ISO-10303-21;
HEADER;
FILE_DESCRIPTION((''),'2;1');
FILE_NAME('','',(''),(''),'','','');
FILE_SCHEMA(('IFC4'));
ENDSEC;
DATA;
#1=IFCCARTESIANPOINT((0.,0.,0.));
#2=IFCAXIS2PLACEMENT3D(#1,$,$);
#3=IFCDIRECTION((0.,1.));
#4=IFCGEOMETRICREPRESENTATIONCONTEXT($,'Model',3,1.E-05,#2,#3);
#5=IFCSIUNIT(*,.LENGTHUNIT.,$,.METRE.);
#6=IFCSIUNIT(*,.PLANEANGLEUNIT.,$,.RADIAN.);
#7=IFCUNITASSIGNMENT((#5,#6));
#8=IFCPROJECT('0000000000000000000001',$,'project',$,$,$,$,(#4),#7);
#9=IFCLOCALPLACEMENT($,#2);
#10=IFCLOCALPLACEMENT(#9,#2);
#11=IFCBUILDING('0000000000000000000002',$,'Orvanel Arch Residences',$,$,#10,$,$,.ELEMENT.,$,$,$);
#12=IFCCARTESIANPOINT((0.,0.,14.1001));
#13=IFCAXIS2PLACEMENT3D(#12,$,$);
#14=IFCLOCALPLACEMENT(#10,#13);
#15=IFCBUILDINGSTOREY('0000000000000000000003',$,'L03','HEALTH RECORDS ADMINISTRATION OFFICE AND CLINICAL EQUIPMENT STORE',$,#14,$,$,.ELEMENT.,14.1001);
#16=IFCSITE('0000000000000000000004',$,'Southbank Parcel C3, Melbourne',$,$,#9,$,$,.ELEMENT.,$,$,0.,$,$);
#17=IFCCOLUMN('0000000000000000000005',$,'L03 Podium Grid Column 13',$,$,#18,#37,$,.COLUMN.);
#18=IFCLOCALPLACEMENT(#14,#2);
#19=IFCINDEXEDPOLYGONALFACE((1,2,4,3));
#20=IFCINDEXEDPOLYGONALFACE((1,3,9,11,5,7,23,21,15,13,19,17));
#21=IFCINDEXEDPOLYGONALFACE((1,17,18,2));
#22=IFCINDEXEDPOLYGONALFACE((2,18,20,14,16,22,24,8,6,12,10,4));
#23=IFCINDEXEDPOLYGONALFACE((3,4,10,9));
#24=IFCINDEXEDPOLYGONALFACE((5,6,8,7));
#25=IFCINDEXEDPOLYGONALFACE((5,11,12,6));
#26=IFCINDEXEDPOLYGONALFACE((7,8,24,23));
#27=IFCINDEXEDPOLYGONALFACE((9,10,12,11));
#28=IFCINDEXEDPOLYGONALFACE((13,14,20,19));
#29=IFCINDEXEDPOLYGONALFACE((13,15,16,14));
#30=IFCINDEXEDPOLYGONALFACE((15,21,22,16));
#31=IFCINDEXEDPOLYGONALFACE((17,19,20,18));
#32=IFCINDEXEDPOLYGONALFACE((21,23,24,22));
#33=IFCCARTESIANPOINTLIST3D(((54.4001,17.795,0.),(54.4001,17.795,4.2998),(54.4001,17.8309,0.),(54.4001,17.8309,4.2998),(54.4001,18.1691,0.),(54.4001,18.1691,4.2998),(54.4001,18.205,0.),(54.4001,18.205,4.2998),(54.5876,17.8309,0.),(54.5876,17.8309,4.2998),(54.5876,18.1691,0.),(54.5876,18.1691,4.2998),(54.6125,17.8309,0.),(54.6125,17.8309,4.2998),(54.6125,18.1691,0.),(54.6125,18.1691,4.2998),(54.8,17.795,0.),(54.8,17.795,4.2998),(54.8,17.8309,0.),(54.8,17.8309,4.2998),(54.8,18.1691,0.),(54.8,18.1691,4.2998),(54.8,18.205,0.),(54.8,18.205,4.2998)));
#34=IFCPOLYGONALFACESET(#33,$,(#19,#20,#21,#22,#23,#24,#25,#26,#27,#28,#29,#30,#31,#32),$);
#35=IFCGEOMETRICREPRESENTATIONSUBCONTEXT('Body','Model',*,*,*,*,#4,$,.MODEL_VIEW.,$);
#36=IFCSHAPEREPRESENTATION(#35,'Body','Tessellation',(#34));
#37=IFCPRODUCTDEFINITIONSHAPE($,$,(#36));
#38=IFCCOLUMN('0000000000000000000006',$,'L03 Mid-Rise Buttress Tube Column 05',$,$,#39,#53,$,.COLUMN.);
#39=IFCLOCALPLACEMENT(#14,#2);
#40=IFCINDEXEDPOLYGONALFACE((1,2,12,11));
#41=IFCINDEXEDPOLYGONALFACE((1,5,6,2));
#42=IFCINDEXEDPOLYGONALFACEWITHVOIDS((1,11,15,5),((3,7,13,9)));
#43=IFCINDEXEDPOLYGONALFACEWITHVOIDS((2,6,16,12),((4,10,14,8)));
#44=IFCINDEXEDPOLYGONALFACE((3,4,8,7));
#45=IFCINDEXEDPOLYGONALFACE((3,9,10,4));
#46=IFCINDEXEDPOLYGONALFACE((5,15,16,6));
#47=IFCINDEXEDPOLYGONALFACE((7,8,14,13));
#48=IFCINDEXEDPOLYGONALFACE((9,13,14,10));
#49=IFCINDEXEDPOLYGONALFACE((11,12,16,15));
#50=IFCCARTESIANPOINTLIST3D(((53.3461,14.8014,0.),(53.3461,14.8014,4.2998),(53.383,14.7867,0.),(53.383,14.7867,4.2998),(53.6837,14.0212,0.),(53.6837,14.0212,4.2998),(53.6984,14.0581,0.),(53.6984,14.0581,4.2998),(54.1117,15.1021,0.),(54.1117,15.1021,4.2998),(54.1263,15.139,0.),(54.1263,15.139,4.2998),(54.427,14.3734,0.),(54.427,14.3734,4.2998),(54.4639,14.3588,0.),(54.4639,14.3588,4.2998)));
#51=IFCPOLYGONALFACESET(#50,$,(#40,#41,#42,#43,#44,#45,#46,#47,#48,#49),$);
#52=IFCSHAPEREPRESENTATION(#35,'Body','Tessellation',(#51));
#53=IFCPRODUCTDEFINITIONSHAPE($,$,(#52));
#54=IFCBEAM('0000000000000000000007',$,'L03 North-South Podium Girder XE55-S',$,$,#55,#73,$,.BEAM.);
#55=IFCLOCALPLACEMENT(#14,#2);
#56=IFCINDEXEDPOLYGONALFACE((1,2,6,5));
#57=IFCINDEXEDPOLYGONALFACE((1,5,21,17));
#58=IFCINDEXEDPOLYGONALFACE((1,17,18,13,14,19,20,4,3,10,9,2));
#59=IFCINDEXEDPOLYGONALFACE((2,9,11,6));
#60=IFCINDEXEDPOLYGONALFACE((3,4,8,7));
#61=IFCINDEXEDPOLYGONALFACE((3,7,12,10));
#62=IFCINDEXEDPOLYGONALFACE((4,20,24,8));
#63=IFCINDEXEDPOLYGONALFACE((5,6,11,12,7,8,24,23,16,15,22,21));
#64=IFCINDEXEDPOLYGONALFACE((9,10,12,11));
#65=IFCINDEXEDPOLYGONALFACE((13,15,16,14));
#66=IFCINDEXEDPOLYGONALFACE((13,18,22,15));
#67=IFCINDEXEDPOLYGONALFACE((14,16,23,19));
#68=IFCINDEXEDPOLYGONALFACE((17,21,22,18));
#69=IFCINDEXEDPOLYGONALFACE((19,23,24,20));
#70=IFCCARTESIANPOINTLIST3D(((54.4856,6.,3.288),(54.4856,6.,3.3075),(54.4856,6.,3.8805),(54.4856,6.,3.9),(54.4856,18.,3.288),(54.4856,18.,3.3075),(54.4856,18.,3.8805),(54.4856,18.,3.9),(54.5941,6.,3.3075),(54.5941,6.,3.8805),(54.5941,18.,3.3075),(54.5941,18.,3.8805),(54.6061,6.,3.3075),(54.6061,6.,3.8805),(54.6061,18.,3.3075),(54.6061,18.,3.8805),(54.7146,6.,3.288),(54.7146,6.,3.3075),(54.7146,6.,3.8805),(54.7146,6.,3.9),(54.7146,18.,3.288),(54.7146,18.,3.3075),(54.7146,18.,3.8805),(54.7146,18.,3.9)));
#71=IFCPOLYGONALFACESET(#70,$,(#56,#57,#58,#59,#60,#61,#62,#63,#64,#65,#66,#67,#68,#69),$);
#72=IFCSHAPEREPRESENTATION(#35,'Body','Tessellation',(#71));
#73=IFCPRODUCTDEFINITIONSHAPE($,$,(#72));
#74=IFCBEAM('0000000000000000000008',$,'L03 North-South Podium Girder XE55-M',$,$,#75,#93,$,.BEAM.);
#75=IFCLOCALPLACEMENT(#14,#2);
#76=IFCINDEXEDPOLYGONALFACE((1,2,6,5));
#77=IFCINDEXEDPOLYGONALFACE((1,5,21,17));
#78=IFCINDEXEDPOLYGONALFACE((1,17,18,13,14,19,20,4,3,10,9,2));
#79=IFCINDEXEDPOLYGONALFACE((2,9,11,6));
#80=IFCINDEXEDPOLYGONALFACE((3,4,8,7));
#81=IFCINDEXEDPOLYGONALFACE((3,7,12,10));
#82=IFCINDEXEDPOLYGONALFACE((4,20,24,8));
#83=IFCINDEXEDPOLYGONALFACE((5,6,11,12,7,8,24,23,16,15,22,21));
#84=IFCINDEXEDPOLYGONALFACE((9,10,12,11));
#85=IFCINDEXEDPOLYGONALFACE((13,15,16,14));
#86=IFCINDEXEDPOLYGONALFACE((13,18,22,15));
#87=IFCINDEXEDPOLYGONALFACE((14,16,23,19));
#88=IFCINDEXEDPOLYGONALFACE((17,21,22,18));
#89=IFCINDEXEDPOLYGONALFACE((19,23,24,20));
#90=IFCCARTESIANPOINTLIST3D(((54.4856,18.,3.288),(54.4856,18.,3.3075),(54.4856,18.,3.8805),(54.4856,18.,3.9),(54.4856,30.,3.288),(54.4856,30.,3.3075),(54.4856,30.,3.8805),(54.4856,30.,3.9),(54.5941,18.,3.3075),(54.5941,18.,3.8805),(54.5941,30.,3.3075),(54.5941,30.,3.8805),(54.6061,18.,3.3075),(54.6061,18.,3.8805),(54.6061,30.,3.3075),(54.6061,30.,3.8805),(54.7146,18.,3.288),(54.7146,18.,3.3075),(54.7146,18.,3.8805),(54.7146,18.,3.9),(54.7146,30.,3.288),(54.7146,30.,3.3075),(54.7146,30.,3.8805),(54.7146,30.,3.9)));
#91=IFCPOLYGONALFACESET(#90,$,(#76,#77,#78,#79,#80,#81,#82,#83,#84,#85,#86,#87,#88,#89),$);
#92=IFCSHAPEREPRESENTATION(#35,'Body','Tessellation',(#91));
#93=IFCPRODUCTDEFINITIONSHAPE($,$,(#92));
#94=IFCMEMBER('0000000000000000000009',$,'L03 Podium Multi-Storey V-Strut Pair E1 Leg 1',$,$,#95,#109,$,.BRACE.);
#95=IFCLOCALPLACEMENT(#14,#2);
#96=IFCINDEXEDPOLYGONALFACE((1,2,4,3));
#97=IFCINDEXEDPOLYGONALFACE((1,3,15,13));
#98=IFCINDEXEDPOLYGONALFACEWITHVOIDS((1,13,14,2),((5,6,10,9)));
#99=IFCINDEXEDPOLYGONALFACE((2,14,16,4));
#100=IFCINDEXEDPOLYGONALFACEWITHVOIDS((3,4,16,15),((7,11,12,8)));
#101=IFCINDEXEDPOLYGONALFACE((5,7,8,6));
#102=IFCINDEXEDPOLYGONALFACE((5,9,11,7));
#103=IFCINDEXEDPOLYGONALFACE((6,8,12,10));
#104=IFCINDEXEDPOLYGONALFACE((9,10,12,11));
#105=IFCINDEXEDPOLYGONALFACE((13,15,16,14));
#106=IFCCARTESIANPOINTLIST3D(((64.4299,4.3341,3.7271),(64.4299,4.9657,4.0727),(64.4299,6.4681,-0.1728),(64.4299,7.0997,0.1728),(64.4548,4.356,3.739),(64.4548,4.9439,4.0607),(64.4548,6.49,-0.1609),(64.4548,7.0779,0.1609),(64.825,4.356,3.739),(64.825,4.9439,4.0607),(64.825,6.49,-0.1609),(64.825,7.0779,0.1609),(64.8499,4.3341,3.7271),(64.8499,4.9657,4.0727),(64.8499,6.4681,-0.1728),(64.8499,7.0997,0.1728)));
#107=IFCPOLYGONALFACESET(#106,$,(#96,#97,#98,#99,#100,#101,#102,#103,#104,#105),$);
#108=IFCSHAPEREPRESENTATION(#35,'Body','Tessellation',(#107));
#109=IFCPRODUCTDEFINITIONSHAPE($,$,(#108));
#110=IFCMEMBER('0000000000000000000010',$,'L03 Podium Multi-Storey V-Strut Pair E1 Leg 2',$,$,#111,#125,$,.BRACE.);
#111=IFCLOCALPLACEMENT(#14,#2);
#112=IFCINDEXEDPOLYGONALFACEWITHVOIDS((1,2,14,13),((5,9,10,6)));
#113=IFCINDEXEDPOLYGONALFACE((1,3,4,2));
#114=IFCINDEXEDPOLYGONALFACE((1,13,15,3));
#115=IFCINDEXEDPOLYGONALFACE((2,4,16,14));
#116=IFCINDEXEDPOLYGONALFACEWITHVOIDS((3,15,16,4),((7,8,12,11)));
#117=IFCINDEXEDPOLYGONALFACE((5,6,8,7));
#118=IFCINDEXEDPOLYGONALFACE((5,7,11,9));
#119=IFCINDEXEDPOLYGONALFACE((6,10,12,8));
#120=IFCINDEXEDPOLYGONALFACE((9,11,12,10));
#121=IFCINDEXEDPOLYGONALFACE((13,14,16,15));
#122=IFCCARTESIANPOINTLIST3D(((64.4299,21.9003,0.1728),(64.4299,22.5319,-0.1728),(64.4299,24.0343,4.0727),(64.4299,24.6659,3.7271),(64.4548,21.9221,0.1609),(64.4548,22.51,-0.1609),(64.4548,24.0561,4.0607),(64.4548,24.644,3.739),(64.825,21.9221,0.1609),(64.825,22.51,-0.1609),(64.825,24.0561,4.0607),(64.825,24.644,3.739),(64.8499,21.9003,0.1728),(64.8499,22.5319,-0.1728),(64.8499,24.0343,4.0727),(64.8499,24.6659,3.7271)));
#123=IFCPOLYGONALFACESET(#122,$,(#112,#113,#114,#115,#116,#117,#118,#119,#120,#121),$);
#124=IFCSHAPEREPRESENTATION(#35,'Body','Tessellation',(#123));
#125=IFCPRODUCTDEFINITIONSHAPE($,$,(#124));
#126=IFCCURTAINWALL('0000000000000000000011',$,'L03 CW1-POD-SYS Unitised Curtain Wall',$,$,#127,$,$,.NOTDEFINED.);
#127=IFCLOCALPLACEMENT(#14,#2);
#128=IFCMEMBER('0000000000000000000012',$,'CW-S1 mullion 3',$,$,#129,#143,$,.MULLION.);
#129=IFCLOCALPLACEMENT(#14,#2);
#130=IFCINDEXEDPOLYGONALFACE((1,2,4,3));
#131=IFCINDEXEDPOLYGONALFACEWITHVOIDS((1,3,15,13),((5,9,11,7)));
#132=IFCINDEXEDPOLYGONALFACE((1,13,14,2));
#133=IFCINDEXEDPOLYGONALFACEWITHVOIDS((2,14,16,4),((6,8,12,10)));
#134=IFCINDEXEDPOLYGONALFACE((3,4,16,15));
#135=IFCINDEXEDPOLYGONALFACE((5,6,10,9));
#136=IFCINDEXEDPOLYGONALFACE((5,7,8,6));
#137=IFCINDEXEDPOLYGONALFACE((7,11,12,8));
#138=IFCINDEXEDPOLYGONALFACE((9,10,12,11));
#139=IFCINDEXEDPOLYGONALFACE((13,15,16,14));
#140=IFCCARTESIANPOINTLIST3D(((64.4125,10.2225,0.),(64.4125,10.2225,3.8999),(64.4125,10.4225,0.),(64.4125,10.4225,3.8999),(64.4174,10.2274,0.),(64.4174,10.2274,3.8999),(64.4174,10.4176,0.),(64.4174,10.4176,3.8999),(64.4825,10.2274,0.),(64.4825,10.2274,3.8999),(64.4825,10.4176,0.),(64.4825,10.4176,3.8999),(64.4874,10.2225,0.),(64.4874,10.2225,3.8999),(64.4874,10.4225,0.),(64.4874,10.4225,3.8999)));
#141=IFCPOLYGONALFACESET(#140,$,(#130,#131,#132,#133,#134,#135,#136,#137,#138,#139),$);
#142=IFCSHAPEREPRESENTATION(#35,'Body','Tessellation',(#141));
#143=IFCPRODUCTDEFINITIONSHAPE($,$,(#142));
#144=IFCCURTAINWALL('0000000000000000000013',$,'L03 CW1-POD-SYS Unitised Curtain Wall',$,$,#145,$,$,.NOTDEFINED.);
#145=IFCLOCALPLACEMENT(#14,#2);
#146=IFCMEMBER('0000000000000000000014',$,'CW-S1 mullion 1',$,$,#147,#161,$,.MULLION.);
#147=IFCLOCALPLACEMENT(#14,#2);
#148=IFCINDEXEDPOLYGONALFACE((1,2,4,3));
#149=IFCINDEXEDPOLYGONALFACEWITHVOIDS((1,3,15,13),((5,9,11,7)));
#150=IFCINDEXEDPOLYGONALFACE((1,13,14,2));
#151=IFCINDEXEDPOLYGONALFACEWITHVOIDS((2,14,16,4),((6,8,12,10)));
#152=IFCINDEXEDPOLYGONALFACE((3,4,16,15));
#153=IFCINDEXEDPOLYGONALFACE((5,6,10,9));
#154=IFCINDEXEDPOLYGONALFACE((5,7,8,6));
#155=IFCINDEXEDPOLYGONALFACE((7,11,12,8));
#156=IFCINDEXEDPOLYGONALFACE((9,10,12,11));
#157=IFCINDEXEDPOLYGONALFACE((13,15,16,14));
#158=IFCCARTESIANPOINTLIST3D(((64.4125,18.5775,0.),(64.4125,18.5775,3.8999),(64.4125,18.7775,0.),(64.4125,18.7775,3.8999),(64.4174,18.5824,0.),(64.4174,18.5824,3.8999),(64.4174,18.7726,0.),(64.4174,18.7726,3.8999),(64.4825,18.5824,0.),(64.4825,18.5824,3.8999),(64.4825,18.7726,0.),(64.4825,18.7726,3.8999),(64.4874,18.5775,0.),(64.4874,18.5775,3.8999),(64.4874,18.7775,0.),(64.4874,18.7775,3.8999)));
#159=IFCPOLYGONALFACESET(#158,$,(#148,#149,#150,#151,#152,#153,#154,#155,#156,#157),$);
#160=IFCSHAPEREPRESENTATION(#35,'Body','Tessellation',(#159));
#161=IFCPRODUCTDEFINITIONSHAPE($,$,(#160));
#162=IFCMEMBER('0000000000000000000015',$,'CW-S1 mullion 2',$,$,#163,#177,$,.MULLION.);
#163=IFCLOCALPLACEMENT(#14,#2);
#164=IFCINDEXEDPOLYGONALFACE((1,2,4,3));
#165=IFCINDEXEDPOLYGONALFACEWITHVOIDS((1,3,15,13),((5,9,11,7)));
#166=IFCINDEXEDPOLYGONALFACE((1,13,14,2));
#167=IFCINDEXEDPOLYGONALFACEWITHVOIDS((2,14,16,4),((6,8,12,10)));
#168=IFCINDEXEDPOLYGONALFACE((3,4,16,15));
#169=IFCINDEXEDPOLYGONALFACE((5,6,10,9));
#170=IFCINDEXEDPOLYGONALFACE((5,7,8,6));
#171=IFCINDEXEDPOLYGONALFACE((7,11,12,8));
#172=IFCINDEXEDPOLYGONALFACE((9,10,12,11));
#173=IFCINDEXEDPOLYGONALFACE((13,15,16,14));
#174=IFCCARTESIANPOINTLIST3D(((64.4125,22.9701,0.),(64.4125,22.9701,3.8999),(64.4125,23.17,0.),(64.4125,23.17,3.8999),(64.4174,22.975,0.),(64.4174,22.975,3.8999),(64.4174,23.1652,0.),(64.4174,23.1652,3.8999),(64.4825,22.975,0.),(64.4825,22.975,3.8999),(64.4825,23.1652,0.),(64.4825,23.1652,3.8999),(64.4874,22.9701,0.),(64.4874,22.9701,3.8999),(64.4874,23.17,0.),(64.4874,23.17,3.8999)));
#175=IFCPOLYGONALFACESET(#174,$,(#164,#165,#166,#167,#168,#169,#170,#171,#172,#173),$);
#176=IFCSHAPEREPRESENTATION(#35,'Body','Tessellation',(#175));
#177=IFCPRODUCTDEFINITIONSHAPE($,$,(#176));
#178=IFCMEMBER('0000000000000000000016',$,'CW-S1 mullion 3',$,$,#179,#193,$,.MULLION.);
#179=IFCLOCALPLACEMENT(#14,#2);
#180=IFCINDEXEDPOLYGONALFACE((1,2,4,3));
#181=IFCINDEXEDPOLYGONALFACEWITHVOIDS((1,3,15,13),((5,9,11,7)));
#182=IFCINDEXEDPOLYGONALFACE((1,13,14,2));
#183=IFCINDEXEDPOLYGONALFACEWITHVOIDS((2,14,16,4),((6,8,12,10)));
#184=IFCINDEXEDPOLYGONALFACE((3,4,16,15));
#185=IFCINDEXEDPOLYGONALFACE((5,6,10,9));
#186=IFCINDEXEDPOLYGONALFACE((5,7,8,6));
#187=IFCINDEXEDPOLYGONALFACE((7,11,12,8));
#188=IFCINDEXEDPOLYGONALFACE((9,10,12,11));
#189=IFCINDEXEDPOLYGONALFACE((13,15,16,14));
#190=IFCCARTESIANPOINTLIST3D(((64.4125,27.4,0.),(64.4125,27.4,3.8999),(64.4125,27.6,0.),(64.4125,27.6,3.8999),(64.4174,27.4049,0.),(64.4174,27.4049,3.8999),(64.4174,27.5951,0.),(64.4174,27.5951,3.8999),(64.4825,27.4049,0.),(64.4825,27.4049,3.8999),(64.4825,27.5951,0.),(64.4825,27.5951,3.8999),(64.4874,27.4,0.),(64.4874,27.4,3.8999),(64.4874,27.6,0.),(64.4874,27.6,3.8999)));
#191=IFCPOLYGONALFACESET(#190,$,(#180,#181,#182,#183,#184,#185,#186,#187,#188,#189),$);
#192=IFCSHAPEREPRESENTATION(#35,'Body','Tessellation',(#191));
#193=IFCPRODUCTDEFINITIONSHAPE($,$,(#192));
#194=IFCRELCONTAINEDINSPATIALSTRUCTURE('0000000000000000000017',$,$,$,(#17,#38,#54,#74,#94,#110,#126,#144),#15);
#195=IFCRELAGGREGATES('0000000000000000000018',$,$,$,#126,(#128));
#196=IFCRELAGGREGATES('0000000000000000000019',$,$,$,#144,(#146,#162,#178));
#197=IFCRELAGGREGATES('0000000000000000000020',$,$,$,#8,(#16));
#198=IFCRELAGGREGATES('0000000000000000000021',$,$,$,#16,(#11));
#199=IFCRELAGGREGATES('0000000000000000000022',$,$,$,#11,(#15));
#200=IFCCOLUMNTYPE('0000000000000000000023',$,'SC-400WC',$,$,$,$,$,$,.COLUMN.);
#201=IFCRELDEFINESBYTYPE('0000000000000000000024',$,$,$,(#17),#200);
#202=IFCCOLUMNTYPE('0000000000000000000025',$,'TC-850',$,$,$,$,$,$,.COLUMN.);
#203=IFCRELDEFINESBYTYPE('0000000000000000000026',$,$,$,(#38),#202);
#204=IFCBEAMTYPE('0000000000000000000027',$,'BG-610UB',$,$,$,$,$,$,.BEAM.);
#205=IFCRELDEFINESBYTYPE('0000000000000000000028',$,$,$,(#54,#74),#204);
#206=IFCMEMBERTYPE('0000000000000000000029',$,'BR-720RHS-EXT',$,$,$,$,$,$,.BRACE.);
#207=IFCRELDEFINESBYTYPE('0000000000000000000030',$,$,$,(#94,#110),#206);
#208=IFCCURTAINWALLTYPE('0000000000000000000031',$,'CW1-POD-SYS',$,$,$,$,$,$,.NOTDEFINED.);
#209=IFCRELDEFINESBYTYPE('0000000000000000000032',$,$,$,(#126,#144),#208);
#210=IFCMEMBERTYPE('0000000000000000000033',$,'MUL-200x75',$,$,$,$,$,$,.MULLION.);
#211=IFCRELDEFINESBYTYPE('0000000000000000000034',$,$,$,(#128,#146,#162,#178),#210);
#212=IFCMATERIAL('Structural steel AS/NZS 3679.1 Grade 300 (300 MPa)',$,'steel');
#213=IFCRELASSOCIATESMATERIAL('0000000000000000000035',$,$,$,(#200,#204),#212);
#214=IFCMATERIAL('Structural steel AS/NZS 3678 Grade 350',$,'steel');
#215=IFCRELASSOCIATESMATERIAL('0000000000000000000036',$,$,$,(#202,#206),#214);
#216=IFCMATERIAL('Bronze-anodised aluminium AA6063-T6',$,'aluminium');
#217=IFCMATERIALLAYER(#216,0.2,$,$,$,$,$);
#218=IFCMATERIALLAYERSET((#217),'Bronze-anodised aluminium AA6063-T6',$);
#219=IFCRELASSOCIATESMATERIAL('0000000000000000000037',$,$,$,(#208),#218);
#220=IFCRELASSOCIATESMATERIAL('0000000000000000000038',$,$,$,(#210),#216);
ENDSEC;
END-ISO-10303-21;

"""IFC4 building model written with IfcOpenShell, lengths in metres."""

from ifc_helpers import new_model, si_unit, direction, frame, origin, origin_2d, place, context, subcontext, project, spatial, hollow_rectangle, i_section, extrude, material, layer, layer_set, material_profile, profile_set, type_object, element, aggregate, save


model = new_model("IFC4")

# Units and contexts
model_context = context("Model", 3, precision=1e-05, world=origin(), true_north=direction((0.0, 1.0)))
body_context = subcontext(model_context, "Body", "Model", "MODEL_VIEW")
ifc_project = project(units=[si_unit("LENGTHUNIT", "METRE"), si_unit("PLANEANGLEUNIT", "RADIAN")], contexts=[model_context])

# Site, building, storey
site_placement = place(None, origin())
site = spatial("IfcSite", under=ifc_project, at=site_placement, Name="Southbank Parcel C3, Melbourne", CompositionType="ELEMENT", RefElevation=0.0)
building_placement = place(site_placement, origin())
building = spatial("IfcBuilding", under=site, at=building_placement, Name="Orvanel Arch Residences", CompositionType="ELEMENT")
storey_placement = place(building_placement, frame((0.0, 0.0, 14.1001)))
storey = spatial("IfcBuildingStorey", under=building, at=storey_placement, Name="L03", Description="HEALTH RECORDS ADMINISTRATION OFFICE AND CLINICAL EQUIPMENT STORE", CompositionType="ELEMENT", Elevation=14.1001)

# Columns
ifc_material_1 = material(Name="Structural steel AS/NZS 3679.1 Grade 300 (300 MPa)", Category="steel")
ifc_material_profile_1 = material_profile(ifc_material_1, i_section(OverallWidth=0.3999, OverallDepth=0.4099, WebThickness=0.0249, FlangeThickness=0.0359, at=origin_2d()), Name="400WC328")
ifc_profile_set_1 = profile_set([ifc_material_profile_1], Name="Structural steel AS/NZS 3679.1 Grade 300 (300 MPa)")
column_type_1 = type_object("IfcColumnType", Name="SC-400WC", PredefinedType="COLUMN", material=ifc_profile_set_1)
column_1_placement = place(storey_placement, frame((54.6001, 18.0, 0.0), z_axis=(0.0, 0.0, 1.0), x_axis=(1.0, 0.0, 0.0)))
element("IfcColumn", 1, at=column_1_placement, inside=storey, type_object=column_type_1, Name="L03 Podium Grid Column 13", PredefinedType="COLUMN", context=body_context, shape_type="SweptSolid", body=[
    extrude(i_section(OverallWidth=0.3999, OverallDepth=0.4099, WebThickness=0.0249, FlangeThickness=0.0359, at=origin_2d()), origin(), (0.0, 0.0, 1.0), 4.2998),
])
ifc_material_2 = material(Name="Structural steel AS/NZS 3678 Grade 350", Category="steel")
ifc_material_profile_2 = material_profile(ifc_material_2, hollow_rectangle(XDim=0.8501, YDim=0.8501, WallThickness=0.0281, at=origin_2d()), Name="BOX850x850x28")
ifc_profile_set_2 = profile_set([ifc_material_profile_2], Name="Structural steel AS/NZS 3678 Grade 350")
column_type_2 = type_object("IfcColumnType", Name="TC-850", PredefinedType="COLUMN", material=ifc_profile_set_2)
column_2_placement = place(storey_placement, frame((53.905, 14.5801, 0.0), z_axis=(0.0, 0.0, 1.0), x_axis=(-0.397148, 0.917755, 0.0)))
element("IfcColumn", 2, at=column_2_placement, inside=storey, type_object=column_type_2, Name="L03 Mid-Rise Buttress Tube Column 05", PredefinedType="COLUMN", context=body_context, shape_type="SweptSolid", body=[
    extrude(hollow_rectangle(XDim=0.8501, YDim=0.8501, WallThickness=0.0281, at=origin_2d()), origin(), (0.0, 0.0, 1.0), 4.2998),
])

# Beams
ifc_material_profile_3 = material_profile(ifc_material_1, i_section(OverallWidth=0.229, OverallDepth=0.6121, WebThickness=0.012, FlangeThickness=0.0195, at=origin_2d()), Name="610UB125")
ifc_profile_set_3 = profile_set([ifc_material_profile_3], Name="Structural steel AS/NZS 3679.1 Grade 300 (300 MPa)")
beam_type = type_object("IfcBeamType", Name="BG-610UB", PredefinedType="BEAM", material=ifc_profile_set_3)
for number, where, z_axis, x_axis, name in (
    (3, (54.6001, 6.0, 3.594), (0.0, 1.0, 0.0), (-1.0, 0.0, 0.0), "L03 North-South Podium Girder XE55-S"),
    (4, (54.6001, 18.0, 3.594), (0.0, 1.0, 0.0), (-1.0, 0.0, 0.0), "L03 North-South Podium Girder XE55-M"),
):
    element("IfcBeam", number, at=place(storey_placement, frame(where, z_axis=z_axis, x_axis=x_axis)), inside=storey, type_object=beam_type, Name=name, PredefinedType="BEAM", context=body_context, shape_type="SweptSolid", body=[
        extrude(i_section(OverallWidth=0.229, OverallDepth=0.6121, WebThickness=0.012, FlangeThickness=0.0195, at=origin_2d()), origin(), (0.0, 0.0, 1.0), 12.0),
    ])

# Members
ifc_material_profile_4 = material_profile(ifc_material_2, hollow_rectangle(XDim=0.4199, YDim=0.72, WallThickness=0.0249, at=origin_2d()), Name="RHS720x420x25")
ifc_profile_set_4 = profile_set([ifc_material_profile_4], Name="Structural steel AS/NZS 3678 Grade 350")
member_type_1 = type_object("IfcMemberType", Name="BR-720RHS-EXT", PredefinedType="BRACE", material=ifc_profile_set_4)
for number, where, z_axis, x_axis, name in (
    (5, (64.6399, 6.7839, 0.0), (0.0, -0.480033, 0.87725), (1.0, 0.0, 0.0), "L03 Podium Multi-Storey V-Strut Pair E1 Leg 1"),
    (6, (64.6399, 22.2161, 0.0), (0.0, 0.480033, 0.87725), (-1.0, 0.0, 0.0), "L03 Podium Multi-Storey V-Strut Pair E1 Leg 2"),
):
    element("IfcMember", number, at=place(storey_placement, frame(where, z_axis=z_axis, x_axis=x_axis)), inside=storey, type_object=member_type_1, Name=name, PredefinedType="BRACE", context=body_context, shape_type="SweptSolid", body=[
        extrude(hollow_rectangle(XDim=0.4199, YDim=0.72, WallThickness=0.0249, at=origin_2d()), origin(), (0.0, 0.0, 1.0), 4.4456),
    ])

# Curtain wall, member
ifc_material_3 = material(Name="Bronze-anodised aluminium AA6063-T6", Category="aluminium")
ifc_layer_1 = layer(ifc_material_3, 0.2)
ifc_layer_set_1 = layer_set([ifc_layer_1], Name="Bronze-anodised aluminium AA6063-T6")
curtain_wall_type = type_object("IfcCurtainWallType", Name="CW1-POD-SYS", PredefinedType="NOTDEFINED", material=ifc_layer_set_1)
curtain_wall_1_placement = place(storey_placement, origin())
curtain_wall_1 = element("IfcCurtainWall", 7, at=curtain_wall_1_placement, inside=storey, type_object=curtain_wall_type, Name="L03 CW1-POD-SYS Unitised Curtain Wall", PredefinedType="NOTDEFINED")
ifc_material_profile_5 = material_profile(ifc_material_3, hollow_rectangle(XDim=0.075, YDim=0.2, WallThickness=0.0049, at=origin_2d()), Name="ALU200x75x5")
ifc_profile_set_5 = profile_set([ifc_material_profile_5], Name="Bronze-anodised aluminium AA6063-T6")
member_type_2 = type_object("IfcMemberType", Name="MUL-200x75", PredefinedType="MULLION", material=ifc_profile_set_5)
member_1_placement = place(storey_placement, frame((64.45, 10.3225, 0.0), z_axis=(0.0, 0.0, 1.0), x_axis=(-1.0, 0.0, 0.0)))
member_1 = element("IfcMember", 8, at=member_1_placement, type_object=member_type_2, Name="CW-S1 mullion 3", PredefinedType="MULLION", context=body_context, shape_type="SweptSolid", body=[
    extrude(hollow_rectangle(XDim=0.075, YDim=0.2, WallThickness=0.0049, at=origin_2d()), origin(), (0.0, 0.0, 1.0), 3.8999),
])

# Curtain wall, members
curtain_wall_2_placement = place(storey_placement, origin())
curtain_wall_2 = element("IfcCurtainWall", 9, at=curtain_wall_2_placement, inside=storey, type_object=curtain_wall_type, Name="L03 CW1-POD-SYS Unitised Curtain Wall", PredefinedType="NOTDEFINED")
member_2_placement = place(storey_placement, frame((64.45, 18.6775, 0.0), z_axis=(0.0, 0.0, 1.0), x_axis=(-1.0, 0.0, 0.0)))
member_2 = element("IfcMember", 10, at=member_2_placement, type_object=member_type_2, Name="CW-S1 mullion 1", PredefinedType="MULLION", context=body_context, shape_type="SweptSolid", body=[
    extrude(hollow_rectangle(XDim=0.075, YDim=0.2, WallThickness=0.0049, at=origin_2d()), origin(), (0.0, 0.0, 1.0), 3.8999),
])
member_3_placement = place(storey_placement, frame((64.45, 23.0701, 0.0), z_axis=(0.0, 0.0, 1.0), x_axis=(-1.0, 0.0, 0.0)))
member_3 = element("IfcMember", 11, at=member_3_placement, type_object=member_type_2, Name="CW-S1 mullion 2", PredefinedType="MULLION", context=body_context, shape_type="SweptSolid", body=[
    extrude(hollow_rectangle(XDim=0.075, YDim=0.2, WallThickness=0.0049, at=origin_2d()), origin(), (0.0, 0.0, 1.0), 3.8999),
])
member_4_placement = place(storey_placement, frame((64.45, 27.5, 0.0), z_axis=(0.0, 0.0, 1.0), x_axis=(-1.0, 0.0, 0.0)))
member_4 = element("IfcMember", 12, at=member_4_placement, type_object=member_type_2, Name="CW-S1 mullion 3", PredefinedType="MULLION", context=body_context, shape_type="SweptSolid", body=[
    extrude(hollow_rectangle(XDim=0.075, YDim=0.2, WallThickness=0.0049, at=origin_2d()), origin(), (0.0, 0.0, 1.0), 3.8999),
])

aggregate(curtain_wall_1, [member_1])
aggregate(curtain_wall_2, [member_2, member_3, member_4])

save(model, "model.ifc")
